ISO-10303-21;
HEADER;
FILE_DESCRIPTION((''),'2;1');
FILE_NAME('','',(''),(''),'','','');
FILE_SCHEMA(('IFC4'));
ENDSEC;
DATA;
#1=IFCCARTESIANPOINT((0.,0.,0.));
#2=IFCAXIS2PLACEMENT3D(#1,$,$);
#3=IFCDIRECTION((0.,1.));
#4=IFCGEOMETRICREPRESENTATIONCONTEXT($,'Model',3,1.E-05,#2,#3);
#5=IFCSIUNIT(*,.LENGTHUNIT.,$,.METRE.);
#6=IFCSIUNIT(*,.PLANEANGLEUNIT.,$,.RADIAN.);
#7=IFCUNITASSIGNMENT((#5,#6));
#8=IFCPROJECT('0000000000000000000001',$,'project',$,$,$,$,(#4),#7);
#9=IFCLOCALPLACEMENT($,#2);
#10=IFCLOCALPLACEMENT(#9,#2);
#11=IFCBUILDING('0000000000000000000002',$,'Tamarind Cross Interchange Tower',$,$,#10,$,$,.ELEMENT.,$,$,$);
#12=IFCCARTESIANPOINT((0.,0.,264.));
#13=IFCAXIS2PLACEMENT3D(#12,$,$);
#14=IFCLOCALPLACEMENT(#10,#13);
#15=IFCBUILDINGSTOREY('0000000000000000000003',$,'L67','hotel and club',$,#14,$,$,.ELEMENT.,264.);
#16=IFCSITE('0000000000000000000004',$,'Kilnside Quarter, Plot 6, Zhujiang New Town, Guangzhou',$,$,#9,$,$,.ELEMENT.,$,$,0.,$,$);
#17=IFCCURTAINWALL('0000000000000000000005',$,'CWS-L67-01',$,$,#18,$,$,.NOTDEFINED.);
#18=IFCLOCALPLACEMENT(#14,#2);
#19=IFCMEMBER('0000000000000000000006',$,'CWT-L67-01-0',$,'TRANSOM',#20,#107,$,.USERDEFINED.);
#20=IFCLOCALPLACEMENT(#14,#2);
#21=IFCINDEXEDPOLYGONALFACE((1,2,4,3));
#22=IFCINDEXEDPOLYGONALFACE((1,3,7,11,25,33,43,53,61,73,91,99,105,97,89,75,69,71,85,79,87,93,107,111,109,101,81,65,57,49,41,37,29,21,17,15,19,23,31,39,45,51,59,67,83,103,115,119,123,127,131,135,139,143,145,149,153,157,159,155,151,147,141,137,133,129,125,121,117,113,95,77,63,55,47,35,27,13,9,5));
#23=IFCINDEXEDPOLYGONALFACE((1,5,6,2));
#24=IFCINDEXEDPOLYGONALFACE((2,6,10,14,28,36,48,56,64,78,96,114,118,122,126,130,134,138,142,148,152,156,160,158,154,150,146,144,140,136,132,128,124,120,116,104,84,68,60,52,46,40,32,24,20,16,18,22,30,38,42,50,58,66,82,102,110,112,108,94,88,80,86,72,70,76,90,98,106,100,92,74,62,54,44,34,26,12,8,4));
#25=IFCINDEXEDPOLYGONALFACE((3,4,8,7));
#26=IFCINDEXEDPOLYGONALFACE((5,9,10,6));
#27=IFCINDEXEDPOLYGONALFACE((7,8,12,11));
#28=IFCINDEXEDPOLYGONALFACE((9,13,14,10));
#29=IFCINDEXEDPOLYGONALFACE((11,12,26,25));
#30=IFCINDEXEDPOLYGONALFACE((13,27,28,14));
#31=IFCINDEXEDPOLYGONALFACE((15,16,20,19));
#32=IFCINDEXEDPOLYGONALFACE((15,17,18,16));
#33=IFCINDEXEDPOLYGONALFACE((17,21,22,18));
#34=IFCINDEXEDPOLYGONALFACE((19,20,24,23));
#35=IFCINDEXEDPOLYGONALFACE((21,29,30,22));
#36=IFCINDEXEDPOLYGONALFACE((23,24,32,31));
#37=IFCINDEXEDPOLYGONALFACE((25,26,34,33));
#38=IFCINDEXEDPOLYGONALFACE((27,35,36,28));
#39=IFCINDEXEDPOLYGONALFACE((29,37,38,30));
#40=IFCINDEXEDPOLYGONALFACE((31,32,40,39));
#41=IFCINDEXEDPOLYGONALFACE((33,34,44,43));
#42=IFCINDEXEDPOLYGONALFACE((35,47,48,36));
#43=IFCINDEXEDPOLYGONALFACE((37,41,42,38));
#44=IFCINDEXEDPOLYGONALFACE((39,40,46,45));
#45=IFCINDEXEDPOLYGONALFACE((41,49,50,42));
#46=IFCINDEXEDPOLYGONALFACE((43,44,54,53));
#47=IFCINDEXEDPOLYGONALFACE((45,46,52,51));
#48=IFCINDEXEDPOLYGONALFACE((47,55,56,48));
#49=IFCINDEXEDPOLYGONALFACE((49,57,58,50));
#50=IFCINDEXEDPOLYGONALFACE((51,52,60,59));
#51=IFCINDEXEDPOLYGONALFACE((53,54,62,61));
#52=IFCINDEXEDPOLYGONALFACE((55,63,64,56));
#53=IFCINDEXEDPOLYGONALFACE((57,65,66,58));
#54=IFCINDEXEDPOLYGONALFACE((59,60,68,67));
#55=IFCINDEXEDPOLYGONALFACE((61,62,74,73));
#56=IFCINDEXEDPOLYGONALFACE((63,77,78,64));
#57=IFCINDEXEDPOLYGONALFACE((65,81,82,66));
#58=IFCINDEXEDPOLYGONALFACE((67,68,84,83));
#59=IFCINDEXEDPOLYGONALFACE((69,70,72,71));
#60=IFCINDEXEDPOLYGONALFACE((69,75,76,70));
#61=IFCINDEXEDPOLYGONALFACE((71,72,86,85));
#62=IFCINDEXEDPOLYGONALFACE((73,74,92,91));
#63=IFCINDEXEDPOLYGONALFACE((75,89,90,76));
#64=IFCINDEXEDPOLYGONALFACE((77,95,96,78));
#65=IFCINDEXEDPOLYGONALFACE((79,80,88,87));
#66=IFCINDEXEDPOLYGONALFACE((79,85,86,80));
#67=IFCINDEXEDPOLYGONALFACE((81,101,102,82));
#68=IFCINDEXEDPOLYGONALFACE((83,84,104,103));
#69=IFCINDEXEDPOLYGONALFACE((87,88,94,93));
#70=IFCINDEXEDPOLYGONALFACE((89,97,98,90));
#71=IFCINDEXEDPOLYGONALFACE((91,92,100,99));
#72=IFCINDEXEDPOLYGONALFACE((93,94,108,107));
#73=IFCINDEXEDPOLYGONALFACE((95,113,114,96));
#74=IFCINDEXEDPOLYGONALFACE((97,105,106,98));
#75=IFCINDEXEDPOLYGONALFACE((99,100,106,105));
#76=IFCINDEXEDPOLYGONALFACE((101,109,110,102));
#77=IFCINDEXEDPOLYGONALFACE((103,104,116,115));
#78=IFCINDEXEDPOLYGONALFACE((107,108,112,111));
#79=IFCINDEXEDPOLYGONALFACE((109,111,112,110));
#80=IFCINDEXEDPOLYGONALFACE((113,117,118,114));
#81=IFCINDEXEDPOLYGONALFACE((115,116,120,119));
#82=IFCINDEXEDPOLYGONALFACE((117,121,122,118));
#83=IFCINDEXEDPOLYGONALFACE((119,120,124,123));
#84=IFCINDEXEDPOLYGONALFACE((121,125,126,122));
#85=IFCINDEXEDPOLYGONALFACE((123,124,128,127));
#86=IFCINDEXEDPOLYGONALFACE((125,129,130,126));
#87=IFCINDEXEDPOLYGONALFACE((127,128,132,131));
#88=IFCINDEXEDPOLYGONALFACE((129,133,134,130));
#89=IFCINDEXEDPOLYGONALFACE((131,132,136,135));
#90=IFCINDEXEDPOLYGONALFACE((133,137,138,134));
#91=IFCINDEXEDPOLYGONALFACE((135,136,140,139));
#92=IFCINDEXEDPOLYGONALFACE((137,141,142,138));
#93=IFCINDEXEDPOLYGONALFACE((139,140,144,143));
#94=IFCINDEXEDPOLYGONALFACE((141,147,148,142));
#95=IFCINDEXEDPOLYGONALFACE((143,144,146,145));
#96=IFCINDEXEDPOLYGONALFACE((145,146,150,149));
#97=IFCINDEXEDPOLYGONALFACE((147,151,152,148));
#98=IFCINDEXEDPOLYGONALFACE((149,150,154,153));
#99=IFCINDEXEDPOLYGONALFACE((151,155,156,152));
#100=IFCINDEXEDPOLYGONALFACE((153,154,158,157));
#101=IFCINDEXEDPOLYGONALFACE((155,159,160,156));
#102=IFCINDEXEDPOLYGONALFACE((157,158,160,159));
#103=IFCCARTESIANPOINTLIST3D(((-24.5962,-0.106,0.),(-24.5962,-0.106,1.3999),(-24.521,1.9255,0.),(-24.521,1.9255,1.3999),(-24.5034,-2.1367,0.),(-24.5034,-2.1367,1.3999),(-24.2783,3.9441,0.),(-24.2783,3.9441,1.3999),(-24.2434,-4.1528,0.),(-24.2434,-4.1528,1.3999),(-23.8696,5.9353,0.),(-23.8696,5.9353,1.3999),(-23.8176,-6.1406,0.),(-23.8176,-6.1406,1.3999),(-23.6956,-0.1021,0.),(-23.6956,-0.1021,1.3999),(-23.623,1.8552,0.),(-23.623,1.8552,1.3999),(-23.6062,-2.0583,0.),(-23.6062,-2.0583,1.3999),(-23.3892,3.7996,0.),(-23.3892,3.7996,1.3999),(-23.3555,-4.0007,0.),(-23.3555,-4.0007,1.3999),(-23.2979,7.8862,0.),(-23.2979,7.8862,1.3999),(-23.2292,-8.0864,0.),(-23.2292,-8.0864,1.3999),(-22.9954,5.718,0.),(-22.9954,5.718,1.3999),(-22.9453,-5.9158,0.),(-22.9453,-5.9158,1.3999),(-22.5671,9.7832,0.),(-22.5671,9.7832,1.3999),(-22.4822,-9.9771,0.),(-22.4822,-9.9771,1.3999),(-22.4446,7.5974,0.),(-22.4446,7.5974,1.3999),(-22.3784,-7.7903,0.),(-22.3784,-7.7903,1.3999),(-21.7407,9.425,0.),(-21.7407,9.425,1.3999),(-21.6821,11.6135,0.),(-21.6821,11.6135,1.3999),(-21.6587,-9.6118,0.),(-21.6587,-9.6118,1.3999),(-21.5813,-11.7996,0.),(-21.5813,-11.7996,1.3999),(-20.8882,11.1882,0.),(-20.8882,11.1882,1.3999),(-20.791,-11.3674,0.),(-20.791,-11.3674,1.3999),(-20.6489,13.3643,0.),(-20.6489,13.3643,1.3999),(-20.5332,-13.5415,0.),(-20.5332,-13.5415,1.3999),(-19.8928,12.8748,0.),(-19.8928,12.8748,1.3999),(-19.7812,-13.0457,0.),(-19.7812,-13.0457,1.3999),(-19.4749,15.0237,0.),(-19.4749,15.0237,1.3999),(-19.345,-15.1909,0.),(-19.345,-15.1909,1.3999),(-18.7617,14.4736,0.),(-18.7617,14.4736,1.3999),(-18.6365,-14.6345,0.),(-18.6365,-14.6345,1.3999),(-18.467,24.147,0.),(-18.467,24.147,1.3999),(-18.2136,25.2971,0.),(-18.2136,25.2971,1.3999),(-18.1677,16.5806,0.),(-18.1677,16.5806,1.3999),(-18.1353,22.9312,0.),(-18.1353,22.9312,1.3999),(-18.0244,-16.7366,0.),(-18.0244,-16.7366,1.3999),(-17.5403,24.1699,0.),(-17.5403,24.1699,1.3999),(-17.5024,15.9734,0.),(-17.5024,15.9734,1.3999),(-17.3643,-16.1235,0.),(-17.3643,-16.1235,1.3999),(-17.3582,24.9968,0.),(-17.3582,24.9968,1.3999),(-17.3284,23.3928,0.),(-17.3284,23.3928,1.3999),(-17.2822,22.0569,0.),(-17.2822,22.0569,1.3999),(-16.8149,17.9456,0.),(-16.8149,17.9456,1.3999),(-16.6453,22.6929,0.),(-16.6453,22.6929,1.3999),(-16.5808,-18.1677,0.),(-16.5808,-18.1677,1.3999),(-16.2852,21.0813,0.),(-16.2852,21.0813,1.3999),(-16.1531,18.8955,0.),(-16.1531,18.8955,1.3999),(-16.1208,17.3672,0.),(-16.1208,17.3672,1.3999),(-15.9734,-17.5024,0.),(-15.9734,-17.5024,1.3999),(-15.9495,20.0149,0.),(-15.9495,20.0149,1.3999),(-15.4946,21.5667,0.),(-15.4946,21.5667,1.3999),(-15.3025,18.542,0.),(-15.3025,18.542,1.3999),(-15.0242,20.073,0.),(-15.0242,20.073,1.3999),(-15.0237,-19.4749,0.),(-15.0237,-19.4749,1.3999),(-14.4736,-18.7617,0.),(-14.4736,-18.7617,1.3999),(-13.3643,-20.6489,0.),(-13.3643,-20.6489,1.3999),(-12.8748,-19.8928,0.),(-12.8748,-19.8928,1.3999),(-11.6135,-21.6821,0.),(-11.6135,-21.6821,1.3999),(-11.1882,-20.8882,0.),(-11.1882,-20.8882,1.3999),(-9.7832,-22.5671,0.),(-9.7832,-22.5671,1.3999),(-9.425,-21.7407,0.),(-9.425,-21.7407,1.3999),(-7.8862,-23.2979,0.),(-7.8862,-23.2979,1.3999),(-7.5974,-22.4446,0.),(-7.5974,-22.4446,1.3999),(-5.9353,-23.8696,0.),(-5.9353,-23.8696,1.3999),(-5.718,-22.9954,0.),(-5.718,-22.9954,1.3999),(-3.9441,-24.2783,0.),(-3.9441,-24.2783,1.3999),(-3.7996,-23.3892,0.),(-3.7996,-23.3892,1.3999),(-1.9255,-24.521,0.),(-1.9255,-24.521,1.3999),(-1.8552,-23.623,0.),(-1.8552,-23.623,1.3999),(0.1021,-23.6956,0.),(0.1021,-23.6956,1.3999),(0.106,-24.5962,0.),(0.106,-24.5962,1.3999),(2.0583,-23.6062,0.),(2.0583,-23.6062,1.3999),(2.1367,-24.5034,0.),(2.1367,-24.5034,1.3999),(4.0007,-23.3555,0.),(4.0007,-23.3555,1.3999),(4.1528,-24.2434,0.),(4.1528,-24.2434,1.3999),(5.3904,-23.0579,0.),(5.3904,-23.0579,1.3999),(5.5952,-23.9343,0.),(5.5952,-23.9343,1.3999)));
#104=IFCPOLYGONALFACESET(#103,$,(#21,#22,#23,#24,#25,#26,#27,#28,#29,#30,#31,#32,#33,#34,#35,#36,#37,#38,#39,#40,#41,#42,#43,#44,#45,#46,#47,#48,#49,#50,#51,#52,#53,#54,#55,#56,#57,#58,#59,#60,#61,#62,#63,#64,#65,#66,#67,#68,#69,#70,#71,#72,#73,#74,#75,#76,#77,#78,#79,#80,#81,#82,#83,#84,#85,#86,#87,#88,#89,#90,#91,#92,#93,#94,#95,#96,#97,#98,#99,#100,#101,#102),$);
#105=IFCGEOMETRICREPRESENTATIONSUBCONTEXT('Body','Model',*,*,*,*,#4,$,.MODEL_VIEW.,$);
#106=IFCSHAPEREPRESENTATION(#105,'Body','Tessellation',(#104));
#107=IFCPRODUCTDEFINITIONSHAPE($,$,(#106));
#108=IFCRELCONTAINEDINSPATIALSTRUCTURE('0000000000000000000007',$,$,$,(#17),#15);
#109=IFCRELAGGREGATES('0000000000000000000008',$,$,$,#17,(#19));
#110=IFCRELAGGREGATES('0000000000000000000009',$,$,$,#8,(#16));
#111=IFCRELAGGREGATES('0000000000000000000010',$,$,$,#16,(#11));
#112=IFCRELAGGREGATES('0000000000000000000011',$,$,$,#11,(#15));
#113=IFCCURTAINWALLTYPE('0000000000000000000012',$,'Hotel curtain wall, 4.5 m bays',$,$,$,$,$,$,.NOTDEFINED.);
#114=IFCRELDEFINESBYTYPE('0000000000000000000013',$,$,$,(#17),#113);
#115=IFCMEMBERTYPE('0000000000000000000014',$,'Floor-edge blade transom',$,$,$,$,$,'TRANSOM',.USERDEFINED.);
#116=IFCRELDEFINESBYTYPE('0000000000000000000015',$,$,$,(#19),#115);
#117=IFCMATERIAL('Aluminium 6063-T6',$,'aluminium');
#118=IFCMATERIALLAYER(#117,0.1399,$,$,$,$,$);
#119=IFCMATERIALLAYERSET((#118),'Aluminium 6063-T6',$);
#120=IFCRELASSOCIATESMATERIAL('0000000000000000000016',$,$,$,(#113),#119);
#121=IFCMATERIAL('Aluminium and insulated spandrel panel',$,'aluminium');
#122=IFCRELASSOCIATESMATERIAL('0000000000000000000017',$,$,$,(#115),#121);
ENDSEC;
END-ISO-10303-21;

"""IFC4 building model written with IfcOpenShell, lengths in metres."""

from ifc_helpers import new_model, si_unit, direction, frame, origin, place, context, subcontext, project, spatial, polyline, outline, extrude, material, layer, layer_set, type_object, element, aggregate, save


model = new_model("IFC4")

# Units and contexts
model_context = context("Model", 3, precision=1e-05, world=origin(), true_north=direction((0.0, 1.0)))
body_context = subcontext(model_context, "Body", "Model", "MODEL_VIEW")
ifc_project = project(units=[si_unit("LENGTHUNIT", "METRE"), si_unit("PLANEANGLEUNIT", "RADIAN")], contexts=[model_context])

# Site, building, storey
site_placement = place(None, origin())
site = spatial("IfcSite", under=ifc_project, at=site_placement, Name="Kilnside Quarter, Plot 6, Zhujiang New Town, Guangzhou", CompositionType="ELEMENT", RefElevation=0.0)
building_placement = place(site_placement, origin())
building = spatial("IfcBuilding", under=site, at=building_placement, Name="Tamarind Cross Interchange Tower", CompositionType="ELEMENT")
storey_placement = place(building_placement, frame((0.0, 0.0, 264.0)))
storey = spatial("IfcBuildingStorey", under=building, at=storey_placement, Name="L67", Description="hotel and club", CompositionType="ELEMENT", Elevation=264.0)

# Curtain wall, member
ifc_material_1 = material(Name="Aluminium 6063-T6", Category="aluminium")
ifc_layer_1 = layer(ifc_material_1, 0.1399)
ifc_layer_set_1 = layer_set([ifc_layer_1], Name="Aluminium 6063-T6")
curtain_wall_type = type_object("IfcCurtainWallType", Name="Hotel curtain wall, 4.5 m bays", PredefinedType="NOTDEFINED", material=ifc_layer_set_1)
curtain_wall_placement = place(storey_placement, origin())
curtain_wall = element("IfcCurtainWall", 1, at=curtain_wall_placement, inside=storey, type_object=curtain_wall_type, Name="CWS-L67-01", PredefinedType="NOTDEFINED")
ifc_material_2 = material(Name="Aluminium and insulated spandrel panel", Category="aluminium")
member_type_1 = type_object("IfcMemberType", Name="Floor-edge blade transom", ElementType="TRANSOM", PredefinedType="USERDEFINED", material=ifc_material_2)
member_1_placement = place(storey_placement, origin())
member_1 = element("IfcMember", 2, at=member_1_placement, type_object=member_type_1, Name="CWT-L67-01-0", ObjectType="TRANSOM", PredefinedType="USERDEFINED", context=body_context, shape_type="SweptSolid", body=[
    extrude(outline(polyline([(-17.3582, 24.9968), (-17.5403, 24.1699), (-17.3284, 23.3928), (-16.6453, 22.6929), (-15.4946, 21.5667), (-15.0242, 20.073), (-15.3025, 18.542), (-16.1208, 17.3672), (-17.5024, 15.9734), (-18.7617, 14.4736), (-19.8928, 12.8748), (-20.8882, 11.1882), (-21.7407, 9.425), (-22.4446, 7.5974), (-22.9954, 5.718), (-23.3892, 3.7996), (-23.623, 1.8552), (-23.6956, -0.1021), (-23.6062, -2.0583), (-23.3555, -4.0007), (-22.9453, -5.9158), (-22.3784, -7.7903), (-21.6587, -9.6118), (-20.791, -11.3674), (-19.7812, -13.0457), (-18.6365, -14.6345), (-17.3643, -16.1235), (-15.9734, -17.5024), (-14.4736, -18.7617), (-12.8748, -19.8928), (-11.1882, -20.8882), (-9.425, -21.7407), (-7.5974, -22.4446), (-5.718, -22.9954), (-3.7996, -23.3892), (-1.8552, -23.623), (0.1021, -23.6956), (2.0583, -23.6062), (4.0007, -23.3555), (5.3904, -23.0579), (5.5952, -23.9343), (4.1528, -24.2434), (2.1367, -24.5034), (0.106, -24.5962), (-1.9255, -24.521), (-3.9441, -24.2783), (-5.9353, -23.8696), (-7.8862, -23.2979), (-9.7832, -22.5671), (-11.6135, -21.6821), (-13.3643, -20.6489), (-15.0237, -19.4749), (-16.5808, -18.1677), (-18.0244, -16.7366), (-19.345, -15.1909), (-20.5332, -13.5415), (-21.5813, -11.7996), (-22.4822, -9.9771), (-23.2292, -8.0864), (-23.8176, -6.1406), (-24.2434, -4.1528), (-24.5034, -2.1367), (-24.5962, -0.106), (-24.521, 1.9255), (-24.2783, 3.9441), (-23.8696, 5.9353), (-23.2979, 7.8862), (-22.5671, 9.7832), (-21.6821, 11.6135), (-20.6489, 13.3643), (-19.4749, 15.0237), (-18.1677, 16.5806), (-16.8149, 17.9456), (-16.1531, 18.8955), (-15.9495, 20.0149), (-16.2852, 21.0813), (-17.2822, 22.0569), (-18.1353, 22.9312), (-18.467, 24.147), (-18.2136, 25.2971), (-17.3582, 24.9968)])), origin(), (0.0, 0.0, 1.0), 1.3999),
])
aggregate(curtain_wall, [member_1])

save(model, "model.ifc")
